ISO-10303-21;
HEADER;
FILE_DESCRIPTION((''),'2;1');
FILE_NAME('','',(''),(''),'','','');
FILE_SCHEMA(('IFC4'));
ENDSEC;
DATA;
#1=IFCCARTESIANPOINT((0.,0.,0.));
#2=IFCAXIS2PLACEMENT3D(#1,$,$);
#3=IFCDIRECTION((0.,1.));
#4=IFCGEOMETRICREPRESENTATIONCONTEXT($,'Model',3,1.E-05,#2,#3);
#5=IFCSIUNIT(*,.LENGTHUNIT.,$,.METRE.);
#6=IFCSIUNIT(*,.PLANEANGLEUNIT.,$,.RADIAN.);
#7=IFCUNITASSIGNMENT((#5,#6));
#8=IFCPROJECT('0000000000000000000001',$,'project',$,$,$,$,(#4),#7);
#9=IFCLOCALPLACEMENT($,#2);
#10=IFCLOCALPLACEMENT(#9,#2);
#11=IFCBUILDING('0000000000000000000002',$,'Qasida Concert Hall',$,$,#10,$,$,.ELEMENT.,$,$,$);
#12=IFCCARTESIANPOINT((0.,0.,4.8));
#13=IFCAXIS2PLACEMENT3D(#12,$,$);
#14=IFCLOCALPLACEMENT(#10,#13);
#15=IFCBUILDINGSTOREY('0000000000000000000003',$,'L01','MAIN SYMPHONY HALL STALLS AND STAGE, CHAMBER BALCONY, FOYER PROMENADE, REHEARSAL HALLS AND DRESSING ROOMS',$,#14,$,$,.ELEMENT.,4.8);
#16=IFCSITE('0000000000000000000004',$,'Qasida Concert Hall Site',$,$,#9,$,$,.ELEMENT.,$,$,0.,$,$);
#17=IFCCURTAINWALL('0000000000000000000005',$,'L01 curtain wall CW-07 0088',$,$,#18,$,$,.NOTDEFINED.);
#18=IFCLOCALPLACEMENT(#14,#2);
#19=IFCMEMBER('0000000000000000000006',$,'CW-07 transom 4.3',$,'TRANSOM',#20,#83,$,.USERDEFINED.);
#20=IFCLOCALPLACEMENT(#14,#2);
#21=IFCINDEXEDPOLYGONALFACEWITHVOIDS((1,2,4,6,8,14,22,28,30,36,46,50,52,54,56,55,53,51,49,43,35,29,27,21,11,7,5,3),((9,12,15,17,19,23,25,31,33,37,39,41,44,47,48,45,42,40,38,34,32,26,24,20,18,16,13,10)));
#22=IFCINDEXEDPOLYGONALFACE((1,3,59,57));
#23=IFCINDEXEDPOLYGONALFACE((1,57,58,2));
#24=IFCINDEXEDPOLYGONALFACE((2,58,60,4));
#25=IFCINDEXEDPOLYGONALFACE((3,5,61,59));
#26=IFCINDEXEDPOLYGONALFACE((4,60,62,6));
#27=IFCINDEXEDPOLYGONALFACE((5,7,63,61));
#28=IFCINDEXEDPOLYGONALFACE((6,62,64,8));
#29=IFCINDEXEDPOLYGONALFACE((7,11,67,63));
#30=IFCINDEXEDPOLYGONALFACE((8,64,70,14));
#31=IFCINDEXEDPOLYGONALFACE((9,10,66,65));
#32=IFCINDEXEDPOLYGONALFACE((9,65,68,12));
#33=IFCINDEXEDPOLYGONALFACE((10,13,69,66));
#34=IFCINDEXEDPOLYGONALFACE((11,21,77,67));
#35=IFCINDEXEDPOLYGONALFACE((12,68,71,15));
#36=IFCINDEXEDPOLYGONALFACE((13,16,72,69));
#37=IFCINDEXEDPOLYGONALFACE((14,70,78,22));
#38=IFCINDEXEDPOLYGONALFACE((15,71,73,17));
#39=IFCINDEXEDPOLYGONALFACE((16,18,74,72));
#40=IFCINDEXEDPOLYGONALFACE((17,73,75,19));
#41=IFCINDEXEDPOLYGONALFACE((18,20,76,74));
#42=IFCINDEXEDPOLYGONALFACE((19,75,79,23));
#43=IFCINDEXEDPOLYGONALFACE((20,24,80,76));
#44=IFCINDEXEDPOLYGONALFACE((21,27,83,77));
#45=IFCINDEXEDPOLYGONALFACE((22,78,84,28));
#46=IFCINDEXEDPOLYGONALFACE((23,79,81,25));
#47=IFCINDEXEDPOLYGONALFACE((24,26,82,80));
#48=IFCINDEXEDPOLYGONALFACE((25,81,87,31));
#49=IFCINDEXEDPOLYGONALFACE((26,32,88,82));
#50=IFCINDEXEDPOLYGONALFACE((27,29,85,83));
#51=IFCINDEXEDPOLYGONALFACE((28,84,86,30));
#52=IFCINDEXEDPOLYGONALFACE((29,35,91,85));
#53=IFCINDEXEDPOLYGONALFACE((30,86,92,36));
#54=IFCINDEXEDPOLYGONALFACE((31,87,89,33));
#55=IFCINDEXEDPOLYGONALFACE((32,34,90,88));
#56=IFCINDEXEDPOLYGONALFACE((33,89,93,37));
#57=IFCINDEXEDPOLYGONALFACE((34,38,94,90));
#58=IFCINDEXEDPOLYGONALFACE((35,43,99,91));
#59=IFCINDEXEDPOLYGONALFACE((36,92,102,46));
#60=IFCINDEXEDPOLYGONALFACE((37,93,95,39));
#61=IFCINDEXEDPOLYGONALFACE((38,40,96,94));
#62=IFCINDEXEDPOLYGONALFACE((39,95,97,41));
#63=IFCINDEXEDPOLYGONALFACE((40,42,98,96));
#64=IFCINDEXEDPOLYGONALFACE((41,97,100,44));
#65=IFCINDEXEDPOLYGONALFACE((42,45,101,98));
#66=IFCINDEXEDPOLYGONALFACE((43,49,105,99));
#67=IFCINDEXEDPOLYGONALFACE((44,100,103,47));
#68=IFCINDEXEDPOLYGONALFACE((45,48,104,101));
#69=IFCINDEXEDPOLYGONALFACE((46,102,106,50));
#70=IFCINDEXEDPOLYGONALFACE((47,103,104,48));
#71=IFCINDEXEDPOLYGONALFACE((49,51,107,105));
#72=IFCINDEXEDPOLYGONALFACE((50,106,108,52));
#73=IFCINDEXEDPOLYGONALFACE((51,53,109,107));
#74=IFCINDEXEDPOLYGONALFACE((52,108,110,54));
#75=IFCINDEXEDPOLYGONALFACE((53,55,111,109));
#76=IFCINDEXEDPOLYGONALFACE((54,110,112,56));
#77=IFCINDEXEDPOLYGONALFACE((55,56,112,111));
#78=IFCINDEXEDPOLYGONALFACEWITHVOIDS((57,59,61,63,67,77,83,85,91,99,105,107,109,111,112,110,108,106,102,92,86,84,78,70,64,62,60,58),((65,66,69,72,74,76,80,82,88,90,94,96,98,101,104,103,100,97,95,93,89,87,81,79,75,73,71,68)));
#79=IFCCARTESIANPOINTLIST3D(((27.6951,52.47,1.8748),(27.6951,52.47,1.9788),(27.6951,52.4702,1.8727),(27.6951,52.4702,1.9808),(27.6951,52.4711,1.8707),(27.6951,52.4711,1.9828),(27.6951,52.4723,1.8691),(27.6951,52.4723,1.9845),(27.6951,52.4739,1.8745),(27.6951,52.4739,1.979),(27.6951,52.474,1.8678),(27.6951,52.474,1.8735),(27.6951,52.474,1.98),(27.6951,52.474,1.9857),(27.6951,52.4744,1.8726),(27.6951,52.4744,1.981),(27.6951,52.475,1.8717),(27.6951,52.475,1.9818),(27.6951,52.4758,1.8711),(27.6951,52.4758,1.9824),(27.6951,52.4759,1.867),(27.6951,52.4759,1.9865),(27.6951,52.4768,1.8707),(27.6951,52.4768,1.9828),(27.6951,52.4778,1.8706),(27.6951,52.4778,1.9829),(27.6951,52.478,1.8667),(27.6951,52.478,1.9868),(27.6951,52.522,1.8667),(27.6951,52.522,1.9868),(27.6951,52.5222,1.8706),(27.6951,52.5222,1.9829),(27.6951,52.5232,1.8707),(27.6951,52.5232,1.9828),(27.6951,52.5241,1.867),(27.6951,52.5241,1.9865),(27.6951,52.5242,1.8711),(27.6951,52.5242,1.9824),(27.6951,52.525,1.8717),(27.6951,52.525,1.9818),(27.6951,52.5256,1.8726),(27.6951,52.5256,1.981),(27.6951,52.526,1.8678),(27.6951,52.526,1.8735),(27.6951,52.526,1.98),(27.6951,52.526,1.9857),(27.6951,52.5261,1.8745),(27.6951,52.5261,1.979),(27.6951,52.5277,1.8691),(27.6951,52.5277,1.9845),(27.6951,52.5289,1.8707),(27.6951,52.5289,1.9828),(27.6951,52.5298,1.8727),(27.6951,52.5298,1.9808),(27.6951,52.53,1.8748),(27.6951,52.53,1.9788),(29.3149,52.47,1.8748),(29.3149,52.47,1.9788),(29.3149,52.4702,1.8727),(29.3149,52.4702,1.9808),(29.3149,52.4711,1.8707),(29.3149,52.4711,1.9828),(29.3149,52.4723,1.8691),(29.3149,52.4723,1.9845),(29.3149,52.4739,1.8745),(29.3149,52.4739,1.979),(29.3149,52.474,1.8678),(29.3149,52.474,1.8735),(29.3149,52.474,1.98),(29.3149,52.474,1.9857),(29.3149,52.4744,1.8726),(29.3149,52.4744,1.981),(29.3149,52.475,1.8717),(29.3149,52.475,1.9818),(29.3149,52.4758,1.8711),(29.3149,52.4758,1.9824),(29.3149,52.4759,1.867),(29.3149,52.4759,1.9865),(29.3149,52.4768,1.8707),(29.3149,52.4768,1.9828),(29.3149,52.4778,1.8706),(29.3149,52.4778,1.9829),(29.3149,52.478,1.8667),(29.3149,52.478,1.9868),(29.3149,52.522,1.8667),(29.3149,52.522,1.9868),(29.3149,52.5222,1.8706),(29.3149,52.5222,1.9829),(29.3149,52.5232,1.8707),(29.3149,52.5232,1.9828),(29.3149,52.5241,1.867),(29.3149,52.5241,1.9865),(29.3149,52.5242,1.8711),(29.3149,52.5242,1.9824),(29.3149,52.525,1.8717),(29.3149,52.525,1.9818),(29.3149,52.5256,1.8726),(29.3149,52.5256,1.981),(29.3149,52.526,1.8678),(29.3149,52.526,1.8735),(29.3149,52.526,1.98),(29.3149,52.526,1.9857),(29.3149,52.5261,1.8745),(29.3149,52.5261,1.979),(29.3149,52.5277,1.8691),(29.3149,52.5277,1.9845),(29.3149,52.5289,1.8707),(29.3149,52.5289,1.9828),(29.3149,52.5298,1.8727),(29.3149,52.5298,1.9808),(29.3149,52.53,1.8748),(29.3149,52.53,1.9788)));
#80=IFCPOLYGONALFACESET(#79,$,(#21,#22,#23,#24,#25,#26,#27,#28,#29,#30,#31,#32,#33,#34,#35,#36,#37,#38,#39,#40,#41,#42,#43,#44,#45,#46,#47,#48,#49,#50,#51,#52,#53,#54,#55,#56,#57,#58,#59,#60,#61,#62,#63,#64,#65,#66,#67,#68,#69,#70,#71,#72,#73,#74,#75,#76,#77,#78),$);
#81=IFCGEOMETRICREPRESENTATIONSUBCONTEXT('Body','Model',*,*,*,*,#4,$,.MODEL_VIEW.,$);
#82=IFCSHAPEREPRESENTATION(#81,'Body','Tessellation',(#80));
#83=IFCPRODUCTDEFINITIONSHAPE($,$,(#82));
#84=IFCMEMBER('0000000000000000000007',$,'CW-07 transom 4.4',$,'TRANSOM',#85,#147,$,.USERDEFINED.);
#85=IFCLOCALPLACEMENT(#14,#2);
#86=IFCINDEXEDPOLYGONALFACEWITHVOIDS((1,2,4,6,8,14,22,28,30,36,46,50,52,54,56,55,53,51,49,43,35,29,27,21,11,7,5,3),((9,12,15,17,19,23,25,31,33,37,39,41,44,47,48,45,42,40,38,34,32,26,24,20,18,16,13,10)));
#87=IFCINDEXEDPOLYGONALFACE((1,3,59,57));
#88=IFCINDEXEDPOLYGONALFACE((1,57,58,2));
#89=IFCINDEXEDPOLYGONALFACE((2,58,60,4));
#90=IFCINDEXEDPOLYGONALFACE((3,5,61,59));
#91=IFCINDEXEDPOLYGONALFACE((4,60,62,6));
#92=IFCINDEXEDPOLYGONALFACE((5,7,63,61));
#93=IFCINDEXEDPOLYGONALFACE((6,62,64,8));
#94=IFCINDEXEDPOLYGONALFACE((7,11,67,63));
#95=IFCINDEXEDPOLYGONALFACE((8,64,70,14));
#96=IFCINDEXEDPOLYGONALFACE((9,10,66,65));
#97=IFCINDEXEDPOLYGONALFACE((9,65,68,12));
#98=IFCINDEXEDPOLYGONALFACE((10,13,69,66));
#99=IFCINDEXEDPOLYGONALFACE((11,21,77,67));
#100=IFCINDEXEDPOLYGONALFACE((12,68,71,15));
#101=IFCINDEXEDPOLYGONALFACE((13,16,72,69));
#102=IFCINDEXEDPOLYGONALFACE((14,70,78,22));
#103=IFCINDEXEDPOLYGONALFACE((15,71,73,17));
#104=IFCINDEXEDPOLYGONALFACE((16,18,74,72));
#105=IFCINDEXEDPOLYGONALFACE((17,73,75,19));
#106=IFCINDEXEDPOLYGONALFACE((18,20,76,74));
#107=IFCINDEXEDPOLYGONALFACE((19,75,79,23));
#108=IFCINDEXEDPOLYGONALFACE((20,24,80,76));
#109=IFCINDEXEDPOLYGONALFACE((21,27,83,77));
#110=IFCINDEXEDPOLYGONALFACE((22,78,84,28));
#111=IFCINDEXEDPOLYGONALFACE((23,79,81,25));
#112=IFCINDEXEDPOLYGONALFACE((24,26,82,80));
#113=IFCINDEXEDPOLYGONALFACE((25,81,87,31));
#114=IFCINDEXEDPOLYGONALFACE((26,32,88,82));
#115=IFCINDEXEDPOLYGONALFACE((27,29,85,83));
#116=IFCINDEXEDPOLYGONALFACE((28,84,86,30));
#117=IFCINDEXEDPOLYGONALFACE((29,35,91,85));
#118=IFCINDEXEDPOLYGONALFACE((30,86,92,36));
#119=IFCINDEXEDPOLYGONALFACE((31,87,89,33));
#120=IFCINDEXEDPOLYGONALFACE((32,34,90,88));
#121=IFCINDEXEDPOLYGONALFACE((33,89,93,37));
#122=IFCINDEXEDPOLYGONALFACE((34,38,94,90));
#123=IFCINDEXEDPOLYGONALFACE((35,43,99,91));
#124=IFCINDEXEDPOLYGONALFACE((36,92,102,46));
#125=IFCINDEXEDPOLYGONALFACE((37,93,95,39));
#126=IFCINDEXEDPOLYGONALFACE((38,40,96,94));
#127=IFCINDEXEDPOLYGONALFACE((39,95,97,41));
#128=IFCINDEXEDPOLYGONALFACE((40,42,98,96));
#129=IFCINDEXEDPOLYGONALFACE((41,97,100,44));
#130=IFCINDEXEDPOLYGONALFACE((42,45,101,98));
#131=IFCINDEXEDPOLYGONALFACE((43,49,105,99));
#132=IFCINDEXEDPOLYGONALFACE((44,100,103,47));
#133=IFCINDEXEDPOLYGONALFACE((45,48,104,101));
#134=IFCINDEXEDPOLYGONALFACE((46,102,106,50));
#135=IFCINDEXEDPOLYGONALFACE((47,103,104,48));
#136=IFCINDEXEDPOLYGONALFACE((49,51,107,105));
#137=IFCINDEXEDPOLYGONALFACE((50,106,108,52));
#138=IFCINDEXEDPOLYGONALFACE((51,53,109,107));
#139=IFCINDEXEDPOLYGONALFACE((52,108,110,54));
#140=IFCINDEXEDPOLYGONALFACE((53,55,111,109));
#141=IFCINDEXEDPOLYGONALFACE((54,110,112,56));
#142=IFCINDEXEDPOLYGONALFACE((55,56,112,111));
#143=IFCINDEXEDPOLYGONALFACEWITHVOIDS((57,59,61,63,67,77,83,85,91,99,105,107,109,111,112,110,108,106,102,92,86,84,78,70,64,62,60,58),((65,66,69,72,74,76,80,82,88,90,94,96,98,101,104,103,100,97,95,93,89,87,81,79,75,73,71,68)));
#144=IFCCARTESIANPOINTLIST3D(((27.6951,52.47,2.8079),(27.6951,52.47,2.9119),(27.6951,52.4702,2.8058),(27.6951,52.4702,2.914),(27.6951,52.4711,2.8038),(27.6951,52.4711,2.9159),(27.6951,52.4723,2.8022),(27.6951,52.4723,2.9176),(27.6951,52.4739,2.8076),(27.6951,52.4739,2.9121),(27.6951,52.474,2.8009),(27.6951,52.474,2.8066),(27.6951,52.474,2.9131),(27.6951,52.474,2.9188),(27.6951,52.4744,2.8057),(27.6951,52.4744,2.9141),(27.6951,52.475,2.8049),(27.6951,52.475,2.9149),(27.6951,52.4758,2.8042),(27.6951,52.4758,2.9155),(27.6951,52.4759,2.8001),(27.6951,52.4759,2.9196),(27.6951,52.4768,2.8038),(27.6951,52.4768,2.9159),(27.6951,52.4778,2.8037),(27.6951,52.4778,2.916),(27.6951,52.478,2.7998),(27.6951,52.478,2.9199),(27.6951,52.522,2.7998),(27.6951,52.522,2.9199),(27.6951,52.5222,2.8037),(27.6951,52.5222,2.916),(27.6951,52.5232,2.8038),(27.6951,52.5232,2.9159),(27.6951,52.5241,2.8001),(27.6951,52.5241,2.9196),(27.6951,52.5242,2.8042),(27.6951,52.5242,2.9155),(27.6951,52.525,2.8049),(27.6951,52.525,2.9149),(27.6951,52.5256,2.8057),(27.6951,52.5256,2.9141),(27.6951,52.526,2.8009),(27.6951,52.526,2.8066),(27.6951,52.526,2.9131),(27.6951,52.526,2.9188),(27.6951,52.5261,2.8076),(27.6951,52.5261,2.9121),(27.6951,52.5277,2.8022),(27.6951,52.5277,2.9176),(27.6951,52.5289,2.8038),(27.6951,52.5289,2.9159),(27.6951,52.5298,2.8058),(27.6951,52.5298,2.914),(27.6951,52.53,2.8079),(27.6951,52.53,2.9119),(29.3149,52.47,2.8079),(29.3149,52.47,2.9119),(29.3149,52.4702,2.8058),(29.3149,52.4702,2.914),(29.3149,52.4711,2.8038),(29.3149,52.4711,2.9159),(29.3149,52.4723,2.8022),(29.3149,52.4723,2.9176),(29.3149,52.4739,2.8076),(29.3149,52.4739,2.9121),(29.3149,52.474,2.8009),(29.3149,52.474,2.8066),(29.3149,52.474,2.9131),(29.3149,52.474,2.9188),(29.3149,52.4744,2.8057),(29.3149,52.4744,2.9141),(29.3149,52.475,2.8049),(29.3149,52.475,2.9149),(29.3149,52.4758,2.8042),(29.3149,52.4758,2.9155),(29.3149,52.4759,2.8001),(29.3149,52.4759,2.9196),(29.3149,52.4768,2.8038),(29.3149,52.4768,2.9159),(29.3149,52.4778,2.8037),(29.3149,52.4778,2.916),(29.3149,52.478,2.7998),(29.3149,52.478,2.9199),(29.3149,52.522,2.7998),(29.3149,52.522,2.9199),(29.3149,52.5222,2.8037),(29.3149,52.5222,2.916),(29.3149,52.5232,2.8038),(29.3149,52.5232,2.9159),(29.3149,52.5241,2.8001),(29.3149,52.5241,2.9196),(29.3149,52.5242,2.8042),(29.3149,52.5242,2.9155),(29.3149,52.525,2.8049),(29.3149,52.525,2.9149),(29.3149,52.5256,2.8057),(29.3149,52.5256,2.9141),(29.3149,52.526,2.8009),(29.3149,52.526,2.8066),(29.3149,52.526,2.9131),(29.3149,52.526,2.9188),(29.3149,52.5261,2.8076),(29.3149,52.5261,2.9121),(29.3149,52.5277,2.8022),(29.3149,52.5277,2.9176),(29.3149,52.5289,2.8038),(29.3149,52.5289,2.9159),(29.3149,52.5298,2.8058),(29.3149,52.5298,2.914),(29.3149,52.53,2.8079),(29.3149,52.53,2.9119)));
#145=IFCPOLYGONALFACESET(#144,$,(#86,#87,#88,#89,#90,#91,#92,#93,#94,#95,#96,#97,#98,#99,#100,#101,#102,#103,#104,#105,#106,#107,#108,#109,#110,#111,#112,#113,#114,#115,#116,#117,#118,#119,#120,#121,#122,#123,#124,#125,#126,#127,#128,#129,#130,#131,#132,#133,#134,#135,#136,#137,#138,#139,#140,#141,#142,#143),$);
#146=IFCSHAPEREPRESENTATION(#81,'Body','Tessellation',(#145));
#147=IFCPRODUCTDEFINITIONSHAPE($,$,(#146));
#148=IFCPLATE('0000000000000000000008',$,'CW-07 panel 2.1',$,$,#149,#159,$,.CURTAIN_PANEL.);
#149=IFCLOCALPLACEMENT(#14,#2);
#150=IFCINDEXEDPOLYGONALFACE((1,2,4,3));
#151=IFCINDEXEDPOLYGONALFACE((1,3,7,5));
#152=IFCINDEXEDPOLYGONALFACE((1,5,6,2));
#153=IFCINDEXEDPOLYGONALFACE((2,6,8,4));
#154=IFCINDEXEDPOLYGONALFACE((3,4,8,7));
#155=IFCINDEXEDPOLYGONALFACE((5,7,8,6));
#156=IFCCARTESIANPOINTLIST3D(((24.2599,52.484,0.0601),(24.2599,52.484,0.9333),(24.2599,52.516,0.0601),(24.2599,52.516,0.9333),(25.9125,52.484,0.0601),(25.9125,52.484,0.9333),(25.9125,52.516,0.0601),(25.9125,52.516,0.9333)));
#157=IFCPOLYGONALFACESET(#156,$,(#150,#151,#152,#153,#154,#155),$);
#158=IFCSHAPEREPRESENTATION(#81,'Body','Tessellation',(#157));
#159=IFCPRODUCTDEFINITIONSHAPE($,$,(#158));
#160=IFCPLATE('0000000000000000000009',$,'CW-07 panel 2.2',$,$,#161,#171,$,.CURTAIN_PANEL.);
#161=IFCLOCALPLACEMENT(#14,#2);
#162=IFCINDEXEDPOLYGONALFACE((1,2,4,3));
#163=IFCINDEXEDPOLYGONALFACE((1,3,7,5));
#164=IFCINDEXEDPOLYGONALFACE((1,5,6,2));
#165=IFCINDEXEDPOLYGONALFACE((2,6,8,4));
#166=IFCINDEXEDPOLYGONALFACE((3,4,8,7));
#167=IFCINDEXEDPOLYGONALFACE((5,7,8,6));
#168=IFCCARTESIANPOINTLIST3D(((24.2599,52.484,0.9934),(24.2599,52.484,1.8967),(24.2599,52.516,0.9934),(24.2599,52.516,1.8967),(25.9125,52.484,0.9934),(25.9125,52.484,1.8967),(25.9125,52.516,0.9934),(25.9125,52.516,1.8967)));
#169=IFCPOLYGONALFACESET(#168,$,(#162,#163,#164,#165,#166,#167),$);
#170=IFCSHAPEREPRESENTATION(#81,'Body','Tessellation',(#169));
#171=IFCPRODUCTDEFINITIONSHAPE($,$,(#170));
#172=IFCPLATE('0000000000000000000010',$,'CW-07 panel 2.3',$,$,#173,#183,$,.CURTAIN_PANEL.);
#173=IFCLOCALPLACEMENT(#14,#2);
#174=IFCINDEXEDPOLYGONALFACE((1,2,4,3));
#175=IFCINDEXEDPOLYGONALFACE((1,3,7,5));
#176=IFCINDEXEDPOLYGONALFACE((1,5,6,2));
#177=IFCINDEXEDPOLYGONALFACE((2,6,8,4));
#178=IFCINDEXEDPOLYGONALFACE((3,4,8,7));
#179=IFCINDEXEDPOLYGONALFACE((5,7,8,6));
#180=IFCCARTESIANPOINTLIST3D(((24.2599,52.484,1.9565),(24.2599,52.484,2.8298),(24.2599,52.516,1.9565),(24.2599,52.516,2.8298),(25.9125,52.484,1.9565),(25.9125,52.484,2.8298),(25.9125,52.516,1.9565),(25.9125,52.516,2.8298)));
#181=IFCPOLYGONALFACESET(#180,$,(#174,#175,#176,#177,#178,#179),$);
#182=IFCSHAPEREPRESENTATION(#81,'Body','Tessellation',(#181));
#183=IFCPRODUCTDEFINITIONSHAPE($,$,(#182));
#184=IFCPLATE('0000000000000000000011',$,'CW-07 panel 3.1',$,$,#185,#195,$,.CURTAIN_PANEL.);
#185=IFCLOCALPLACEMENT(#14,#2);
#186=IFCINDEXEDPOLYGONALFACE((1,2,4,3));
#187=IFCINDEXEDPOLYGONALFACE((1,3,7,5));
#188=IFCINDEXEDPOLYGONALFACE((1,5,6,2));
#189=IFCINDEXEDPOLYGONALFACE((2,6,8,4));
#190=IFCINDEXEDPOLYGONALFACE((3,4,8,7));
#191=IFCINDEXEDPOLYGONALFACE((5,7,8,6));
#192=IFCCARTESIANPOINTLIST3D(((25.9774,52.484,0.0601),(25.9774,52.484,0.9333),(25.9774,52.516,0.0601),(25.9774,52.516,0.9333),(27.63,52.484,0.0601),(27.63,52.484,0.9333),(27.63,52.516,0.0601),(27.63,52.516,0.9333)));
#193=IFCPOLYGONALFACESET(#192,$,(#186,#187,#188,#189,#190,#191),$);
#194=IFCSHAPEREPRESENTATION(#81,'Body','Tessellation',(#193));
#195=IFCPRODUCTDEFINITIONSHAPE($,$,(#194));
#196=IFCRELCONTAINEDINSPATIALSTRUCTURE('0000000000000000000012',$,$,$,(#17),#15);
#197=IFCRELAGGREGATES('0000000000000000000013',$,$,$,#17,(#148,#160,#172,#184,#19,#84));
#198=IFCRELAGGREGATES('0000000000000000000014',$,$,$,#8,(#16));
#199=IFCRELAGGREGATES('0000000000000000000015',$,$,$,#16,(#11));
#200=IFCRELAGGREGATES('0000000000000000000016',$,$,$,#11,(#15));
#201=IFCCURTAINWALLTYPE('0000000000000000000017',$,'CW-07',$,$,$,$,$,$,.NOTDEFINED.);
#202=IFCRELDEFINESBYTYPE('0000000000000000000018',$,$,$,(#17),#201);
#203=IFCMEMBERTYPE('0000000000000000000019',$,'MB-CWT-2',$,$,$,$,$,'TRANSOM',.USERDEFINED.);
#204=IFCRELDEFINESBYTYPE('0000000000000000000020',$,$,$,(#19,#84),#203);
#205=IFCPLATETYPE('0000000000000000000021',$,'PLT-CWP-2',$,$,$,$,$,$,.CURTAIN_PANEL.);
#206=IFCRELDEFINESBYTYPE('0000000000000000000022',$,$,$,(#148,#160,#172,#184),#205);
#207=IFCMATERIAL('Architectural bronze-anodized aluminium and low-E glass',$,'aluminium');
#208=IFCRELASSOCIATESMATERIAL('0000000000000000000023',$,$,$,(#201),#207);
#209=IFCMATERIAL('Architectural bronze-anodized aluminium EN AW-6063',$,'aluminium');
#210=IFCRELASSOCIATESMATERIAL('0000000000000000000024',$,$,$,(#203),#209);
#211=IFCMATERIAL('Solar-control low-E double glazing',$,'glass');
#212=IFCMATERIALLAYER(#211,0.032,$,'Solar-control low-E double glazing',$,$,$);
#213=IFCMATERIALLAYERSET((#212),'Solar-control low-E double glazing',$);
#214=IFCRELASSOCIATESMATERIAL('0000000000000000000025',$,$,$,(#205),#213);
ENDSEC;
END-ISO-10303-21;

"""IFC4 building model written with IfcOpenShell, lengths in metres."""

from ifc_helpers import new_model, si_unit, direction, frame, origin, origin_2d, place, context, subcontext, project, spatial, rectangle, hollow_rectangle, extrude, material, layer, layer_set, material_profile, profile_set, type_object, element, aggregate, save


model = new_model("IFC4")

# Units and contexts
model_context = context("Model", 3, precision=1e-05, world=origin(), true_north=direction((0.0, 1.0)))
body_context = subcontext(model_context, "Body", "Model", "MODEL_VIEW")
ifc_project = project(units=[si_unit("LENGTHUNIT", "METRE"), si_unit("PLANEANGLEUNIT", "RADIAN")], contexts=[model_context])

# Site, building, storey
site_placement = place(None, origin())
site = spatial("IfcSite", under=ifc_project, at=site_placement, Name="Qasida Concert Hall Site", CompositionType="ELEMENT", RefElevation=0.0)
building_placement = place(site_placement, origin())
building = spatial("IfcBuilding", under=site, at=building_placement, Name="Qasida Concert Hall", CompositionType="ELEMENT")
storey_placement = place(building_placement, frame((0.0, 0.0, 4.8)))
storey = spatial("IfcBuildingStorey", under=building, at=storey_placement, Name="L01", Description="MAIN SYMPHONY HALL STALLS AND STAGE, CHAMBER BALCONY, FOYER PROMENADE, REHEARSAL HALLS AND DRESSING ROOMS", CompositionType="ELEMENT", Elevation=4.8)

# Curtain wall, members, plates
ifc_material_1 = material(Name="Architectural bronze-anodized aluminium and low-E glass", Category="aluminium")
curtain_wall_type = type_object("IfcCurtainWallType", Name="CW-07", PredefinedType="NOTDEFINED", material=ifc_material_1)
curtain_wall_placement = place(storey_placement, origin())
curtain_wall = element("IfcCurtainWall", 1, at=curtain_wall_placement, inside=storey, type_object=curtain_wall_type, Name="L01 curtain wall CW-07 0088", PredefinedType="NOTDEFINED")
ifc_material_2 = material(Name="Architectural bronze-anodized aluminium EN AW-6063", Category="aluminium")
ifc_material_profile_1 = material_profile(ifc_material_2, hollow_rectangle(XDim=0.0601, YDim=0.1201, WallThickness=0.0039, InnerFilletRadius=0.0039, OuterFilletRadius=0.0081, at=origin_2d()), Name="CWT 120x60x4")
ifc_profile_set_1 = profile_set([ifc_material_profile_1], Name="Architectural bronze-anodized aluminium EN AW-6063")
member_type_1 = type_object("IfcMemberType", Name="MB-CWT-2", ElementType="TRANSOM", PredefinedType="USERDEFINED", material=ifc_profile_set_1)
member_1_placement = place(storey_placement, frame((27.6951, 52.5, 1.9268), z_axis=(1.0, 0.0, 0.0), x_axis=(0.0, 1.0, 0.0)))
member_1 = element("IfcMember", 2, at=member_1_placement, type_object=member_type_1, Name="CW-07 transom 4.3", ObjectType="TRANSOM", PredefinedType="USERDEFINED", context=body_context, shape_type="SweptSolid", body=[
    extrude(hollow_rectangle(XDim=0.0601, YDim=0.1201, WallThickness=0.0039, InnerFilletRadius=0.0039, OuterFilletRadius=0.0081, at=origin_2d()), origin(), (0.0, 0.0, 1.0), 1.6199),
])
member_2_placement = place(storey_placement, frame((27.6951, 52.5, 2.8599), z_axis=(1.0, 0.0, 0.0), x_axis=(0.0, 1.0, 0.0)))
member_2 = element("IfcMember", 3, at=member_2_placement, type_object=member_type_1, Name="CW-07 transom 4.4", ObjectType="TRANSOM", PredefinedType="USERDEFINED", context=body_context, shape_type="SweptSolid", body=[
    extrude(hollow_rectangle(XDim=0.0601, YDim=0.1201, WallThickness=0.0039, InnerFilletRadius=0.0039, OuterFilletRadius=0.0081, at=origin_2d()), origin(), (0.0, 0.0, 1.0), 1.6199),
])
ifc_material_3 = material(Name="Solar-control low-E double glazing", Category="glass")
ifc_layer_1 = layer(ifc_material_3, 0.032, Name="Solar-control low-E double glazing")
ifc_layer_set_1 = layer_set([ifc_layer_1], Name="Solar-control low-E double glazing")
plate_type = type_object("IfcPlateType", Name="PLT-CWP-2", PredefinedType="CURTAIN_PANEL", material=ifc_layer_set_1)
plate_1_placement = place(storey_placement, frame((25.0862, 52.5, 0.0601), z_axis=(0.0, 0.0, 1.0), x_axis=(1.0, 0.0, 0.0)))
plate_1 = element("IfcPlate", 4, at=plate_1_placement, type_object=plate_type, Name="CW-07 panel 2.1", PredefinedType="CURTAIN_PANEL", context=body_context, shape_type="SweptSolid", body=[
    extrude(rectangle(XDim=1.6526, YDim=0.032, at=origin_2d()), origin(), (0.0, 0.0, 1.0), 0.8733),
])
plate_2_placement = place(storey_placement, frame((25.0862, 52.5, 0.9934), z_axis=(0.0, 0.0, 1.0), x_axis=(1.0, 0.0, 0.0)))
plate_2 = element("IfcPlate", 5, at=plate_2_placement, type_object=plate_type, Name="CW-07 panel 2.2", PredefinedType="CURTAIN_PANEL", context=body_context, shape_type="SweptSolid", body=[
    extrude(rectangle(XDim=1.6526, YDim=0.032, at=origin_2d()), origin(), (0.0, 0.0, 1.0), 0.9033),
])
plate_3_placement = place(storey_placement, frame((25.0862, 52.5, 1.9565), z_axis=(0.0, 0.0, 1.0), x_axis=(1.0, 0.0, 0.0)))
plate_3 = element("IfcPlate", 6, at=plate_3_placement, type_object=plate_type, Name="CW-07 panel 2.3", PredefinedType="CURTAIN_PANEL", context=body_context, shape_type="SweptSolid", body=[
    extrude(rectangle(XDim=1.6526, YDim=0.032, at=origin_2d()), origin(), (0.0, 0.0, 1.0), 0.8733),
])
plate_4_placement = place(storey_placement, frame((26.8037, 52.5, 0.0601), z_axis=(0.0, 0.0, 1.0), x_axis=(1.0, 0.0, 0.0)))
plate_4 = element("IfcPlate", 7, at=plate_4_placement, type_object=plate_type, Name="CW-07 panel 3.1", PredefinedType="CURTAIN_PANEL", context=body_context, shape_type="SweptSolid", body=[
    extrude(rectangle(XDim=1.6526, YDim=0.032, at=origin_2d()), origin(), (0.0, 0.0, 1.0), 0.8733),
])
aggregate(curtain_wall, [plate_1, plate_2, plate_3, plate_4, member_1, member_2])

save(model, "model.ifc")
